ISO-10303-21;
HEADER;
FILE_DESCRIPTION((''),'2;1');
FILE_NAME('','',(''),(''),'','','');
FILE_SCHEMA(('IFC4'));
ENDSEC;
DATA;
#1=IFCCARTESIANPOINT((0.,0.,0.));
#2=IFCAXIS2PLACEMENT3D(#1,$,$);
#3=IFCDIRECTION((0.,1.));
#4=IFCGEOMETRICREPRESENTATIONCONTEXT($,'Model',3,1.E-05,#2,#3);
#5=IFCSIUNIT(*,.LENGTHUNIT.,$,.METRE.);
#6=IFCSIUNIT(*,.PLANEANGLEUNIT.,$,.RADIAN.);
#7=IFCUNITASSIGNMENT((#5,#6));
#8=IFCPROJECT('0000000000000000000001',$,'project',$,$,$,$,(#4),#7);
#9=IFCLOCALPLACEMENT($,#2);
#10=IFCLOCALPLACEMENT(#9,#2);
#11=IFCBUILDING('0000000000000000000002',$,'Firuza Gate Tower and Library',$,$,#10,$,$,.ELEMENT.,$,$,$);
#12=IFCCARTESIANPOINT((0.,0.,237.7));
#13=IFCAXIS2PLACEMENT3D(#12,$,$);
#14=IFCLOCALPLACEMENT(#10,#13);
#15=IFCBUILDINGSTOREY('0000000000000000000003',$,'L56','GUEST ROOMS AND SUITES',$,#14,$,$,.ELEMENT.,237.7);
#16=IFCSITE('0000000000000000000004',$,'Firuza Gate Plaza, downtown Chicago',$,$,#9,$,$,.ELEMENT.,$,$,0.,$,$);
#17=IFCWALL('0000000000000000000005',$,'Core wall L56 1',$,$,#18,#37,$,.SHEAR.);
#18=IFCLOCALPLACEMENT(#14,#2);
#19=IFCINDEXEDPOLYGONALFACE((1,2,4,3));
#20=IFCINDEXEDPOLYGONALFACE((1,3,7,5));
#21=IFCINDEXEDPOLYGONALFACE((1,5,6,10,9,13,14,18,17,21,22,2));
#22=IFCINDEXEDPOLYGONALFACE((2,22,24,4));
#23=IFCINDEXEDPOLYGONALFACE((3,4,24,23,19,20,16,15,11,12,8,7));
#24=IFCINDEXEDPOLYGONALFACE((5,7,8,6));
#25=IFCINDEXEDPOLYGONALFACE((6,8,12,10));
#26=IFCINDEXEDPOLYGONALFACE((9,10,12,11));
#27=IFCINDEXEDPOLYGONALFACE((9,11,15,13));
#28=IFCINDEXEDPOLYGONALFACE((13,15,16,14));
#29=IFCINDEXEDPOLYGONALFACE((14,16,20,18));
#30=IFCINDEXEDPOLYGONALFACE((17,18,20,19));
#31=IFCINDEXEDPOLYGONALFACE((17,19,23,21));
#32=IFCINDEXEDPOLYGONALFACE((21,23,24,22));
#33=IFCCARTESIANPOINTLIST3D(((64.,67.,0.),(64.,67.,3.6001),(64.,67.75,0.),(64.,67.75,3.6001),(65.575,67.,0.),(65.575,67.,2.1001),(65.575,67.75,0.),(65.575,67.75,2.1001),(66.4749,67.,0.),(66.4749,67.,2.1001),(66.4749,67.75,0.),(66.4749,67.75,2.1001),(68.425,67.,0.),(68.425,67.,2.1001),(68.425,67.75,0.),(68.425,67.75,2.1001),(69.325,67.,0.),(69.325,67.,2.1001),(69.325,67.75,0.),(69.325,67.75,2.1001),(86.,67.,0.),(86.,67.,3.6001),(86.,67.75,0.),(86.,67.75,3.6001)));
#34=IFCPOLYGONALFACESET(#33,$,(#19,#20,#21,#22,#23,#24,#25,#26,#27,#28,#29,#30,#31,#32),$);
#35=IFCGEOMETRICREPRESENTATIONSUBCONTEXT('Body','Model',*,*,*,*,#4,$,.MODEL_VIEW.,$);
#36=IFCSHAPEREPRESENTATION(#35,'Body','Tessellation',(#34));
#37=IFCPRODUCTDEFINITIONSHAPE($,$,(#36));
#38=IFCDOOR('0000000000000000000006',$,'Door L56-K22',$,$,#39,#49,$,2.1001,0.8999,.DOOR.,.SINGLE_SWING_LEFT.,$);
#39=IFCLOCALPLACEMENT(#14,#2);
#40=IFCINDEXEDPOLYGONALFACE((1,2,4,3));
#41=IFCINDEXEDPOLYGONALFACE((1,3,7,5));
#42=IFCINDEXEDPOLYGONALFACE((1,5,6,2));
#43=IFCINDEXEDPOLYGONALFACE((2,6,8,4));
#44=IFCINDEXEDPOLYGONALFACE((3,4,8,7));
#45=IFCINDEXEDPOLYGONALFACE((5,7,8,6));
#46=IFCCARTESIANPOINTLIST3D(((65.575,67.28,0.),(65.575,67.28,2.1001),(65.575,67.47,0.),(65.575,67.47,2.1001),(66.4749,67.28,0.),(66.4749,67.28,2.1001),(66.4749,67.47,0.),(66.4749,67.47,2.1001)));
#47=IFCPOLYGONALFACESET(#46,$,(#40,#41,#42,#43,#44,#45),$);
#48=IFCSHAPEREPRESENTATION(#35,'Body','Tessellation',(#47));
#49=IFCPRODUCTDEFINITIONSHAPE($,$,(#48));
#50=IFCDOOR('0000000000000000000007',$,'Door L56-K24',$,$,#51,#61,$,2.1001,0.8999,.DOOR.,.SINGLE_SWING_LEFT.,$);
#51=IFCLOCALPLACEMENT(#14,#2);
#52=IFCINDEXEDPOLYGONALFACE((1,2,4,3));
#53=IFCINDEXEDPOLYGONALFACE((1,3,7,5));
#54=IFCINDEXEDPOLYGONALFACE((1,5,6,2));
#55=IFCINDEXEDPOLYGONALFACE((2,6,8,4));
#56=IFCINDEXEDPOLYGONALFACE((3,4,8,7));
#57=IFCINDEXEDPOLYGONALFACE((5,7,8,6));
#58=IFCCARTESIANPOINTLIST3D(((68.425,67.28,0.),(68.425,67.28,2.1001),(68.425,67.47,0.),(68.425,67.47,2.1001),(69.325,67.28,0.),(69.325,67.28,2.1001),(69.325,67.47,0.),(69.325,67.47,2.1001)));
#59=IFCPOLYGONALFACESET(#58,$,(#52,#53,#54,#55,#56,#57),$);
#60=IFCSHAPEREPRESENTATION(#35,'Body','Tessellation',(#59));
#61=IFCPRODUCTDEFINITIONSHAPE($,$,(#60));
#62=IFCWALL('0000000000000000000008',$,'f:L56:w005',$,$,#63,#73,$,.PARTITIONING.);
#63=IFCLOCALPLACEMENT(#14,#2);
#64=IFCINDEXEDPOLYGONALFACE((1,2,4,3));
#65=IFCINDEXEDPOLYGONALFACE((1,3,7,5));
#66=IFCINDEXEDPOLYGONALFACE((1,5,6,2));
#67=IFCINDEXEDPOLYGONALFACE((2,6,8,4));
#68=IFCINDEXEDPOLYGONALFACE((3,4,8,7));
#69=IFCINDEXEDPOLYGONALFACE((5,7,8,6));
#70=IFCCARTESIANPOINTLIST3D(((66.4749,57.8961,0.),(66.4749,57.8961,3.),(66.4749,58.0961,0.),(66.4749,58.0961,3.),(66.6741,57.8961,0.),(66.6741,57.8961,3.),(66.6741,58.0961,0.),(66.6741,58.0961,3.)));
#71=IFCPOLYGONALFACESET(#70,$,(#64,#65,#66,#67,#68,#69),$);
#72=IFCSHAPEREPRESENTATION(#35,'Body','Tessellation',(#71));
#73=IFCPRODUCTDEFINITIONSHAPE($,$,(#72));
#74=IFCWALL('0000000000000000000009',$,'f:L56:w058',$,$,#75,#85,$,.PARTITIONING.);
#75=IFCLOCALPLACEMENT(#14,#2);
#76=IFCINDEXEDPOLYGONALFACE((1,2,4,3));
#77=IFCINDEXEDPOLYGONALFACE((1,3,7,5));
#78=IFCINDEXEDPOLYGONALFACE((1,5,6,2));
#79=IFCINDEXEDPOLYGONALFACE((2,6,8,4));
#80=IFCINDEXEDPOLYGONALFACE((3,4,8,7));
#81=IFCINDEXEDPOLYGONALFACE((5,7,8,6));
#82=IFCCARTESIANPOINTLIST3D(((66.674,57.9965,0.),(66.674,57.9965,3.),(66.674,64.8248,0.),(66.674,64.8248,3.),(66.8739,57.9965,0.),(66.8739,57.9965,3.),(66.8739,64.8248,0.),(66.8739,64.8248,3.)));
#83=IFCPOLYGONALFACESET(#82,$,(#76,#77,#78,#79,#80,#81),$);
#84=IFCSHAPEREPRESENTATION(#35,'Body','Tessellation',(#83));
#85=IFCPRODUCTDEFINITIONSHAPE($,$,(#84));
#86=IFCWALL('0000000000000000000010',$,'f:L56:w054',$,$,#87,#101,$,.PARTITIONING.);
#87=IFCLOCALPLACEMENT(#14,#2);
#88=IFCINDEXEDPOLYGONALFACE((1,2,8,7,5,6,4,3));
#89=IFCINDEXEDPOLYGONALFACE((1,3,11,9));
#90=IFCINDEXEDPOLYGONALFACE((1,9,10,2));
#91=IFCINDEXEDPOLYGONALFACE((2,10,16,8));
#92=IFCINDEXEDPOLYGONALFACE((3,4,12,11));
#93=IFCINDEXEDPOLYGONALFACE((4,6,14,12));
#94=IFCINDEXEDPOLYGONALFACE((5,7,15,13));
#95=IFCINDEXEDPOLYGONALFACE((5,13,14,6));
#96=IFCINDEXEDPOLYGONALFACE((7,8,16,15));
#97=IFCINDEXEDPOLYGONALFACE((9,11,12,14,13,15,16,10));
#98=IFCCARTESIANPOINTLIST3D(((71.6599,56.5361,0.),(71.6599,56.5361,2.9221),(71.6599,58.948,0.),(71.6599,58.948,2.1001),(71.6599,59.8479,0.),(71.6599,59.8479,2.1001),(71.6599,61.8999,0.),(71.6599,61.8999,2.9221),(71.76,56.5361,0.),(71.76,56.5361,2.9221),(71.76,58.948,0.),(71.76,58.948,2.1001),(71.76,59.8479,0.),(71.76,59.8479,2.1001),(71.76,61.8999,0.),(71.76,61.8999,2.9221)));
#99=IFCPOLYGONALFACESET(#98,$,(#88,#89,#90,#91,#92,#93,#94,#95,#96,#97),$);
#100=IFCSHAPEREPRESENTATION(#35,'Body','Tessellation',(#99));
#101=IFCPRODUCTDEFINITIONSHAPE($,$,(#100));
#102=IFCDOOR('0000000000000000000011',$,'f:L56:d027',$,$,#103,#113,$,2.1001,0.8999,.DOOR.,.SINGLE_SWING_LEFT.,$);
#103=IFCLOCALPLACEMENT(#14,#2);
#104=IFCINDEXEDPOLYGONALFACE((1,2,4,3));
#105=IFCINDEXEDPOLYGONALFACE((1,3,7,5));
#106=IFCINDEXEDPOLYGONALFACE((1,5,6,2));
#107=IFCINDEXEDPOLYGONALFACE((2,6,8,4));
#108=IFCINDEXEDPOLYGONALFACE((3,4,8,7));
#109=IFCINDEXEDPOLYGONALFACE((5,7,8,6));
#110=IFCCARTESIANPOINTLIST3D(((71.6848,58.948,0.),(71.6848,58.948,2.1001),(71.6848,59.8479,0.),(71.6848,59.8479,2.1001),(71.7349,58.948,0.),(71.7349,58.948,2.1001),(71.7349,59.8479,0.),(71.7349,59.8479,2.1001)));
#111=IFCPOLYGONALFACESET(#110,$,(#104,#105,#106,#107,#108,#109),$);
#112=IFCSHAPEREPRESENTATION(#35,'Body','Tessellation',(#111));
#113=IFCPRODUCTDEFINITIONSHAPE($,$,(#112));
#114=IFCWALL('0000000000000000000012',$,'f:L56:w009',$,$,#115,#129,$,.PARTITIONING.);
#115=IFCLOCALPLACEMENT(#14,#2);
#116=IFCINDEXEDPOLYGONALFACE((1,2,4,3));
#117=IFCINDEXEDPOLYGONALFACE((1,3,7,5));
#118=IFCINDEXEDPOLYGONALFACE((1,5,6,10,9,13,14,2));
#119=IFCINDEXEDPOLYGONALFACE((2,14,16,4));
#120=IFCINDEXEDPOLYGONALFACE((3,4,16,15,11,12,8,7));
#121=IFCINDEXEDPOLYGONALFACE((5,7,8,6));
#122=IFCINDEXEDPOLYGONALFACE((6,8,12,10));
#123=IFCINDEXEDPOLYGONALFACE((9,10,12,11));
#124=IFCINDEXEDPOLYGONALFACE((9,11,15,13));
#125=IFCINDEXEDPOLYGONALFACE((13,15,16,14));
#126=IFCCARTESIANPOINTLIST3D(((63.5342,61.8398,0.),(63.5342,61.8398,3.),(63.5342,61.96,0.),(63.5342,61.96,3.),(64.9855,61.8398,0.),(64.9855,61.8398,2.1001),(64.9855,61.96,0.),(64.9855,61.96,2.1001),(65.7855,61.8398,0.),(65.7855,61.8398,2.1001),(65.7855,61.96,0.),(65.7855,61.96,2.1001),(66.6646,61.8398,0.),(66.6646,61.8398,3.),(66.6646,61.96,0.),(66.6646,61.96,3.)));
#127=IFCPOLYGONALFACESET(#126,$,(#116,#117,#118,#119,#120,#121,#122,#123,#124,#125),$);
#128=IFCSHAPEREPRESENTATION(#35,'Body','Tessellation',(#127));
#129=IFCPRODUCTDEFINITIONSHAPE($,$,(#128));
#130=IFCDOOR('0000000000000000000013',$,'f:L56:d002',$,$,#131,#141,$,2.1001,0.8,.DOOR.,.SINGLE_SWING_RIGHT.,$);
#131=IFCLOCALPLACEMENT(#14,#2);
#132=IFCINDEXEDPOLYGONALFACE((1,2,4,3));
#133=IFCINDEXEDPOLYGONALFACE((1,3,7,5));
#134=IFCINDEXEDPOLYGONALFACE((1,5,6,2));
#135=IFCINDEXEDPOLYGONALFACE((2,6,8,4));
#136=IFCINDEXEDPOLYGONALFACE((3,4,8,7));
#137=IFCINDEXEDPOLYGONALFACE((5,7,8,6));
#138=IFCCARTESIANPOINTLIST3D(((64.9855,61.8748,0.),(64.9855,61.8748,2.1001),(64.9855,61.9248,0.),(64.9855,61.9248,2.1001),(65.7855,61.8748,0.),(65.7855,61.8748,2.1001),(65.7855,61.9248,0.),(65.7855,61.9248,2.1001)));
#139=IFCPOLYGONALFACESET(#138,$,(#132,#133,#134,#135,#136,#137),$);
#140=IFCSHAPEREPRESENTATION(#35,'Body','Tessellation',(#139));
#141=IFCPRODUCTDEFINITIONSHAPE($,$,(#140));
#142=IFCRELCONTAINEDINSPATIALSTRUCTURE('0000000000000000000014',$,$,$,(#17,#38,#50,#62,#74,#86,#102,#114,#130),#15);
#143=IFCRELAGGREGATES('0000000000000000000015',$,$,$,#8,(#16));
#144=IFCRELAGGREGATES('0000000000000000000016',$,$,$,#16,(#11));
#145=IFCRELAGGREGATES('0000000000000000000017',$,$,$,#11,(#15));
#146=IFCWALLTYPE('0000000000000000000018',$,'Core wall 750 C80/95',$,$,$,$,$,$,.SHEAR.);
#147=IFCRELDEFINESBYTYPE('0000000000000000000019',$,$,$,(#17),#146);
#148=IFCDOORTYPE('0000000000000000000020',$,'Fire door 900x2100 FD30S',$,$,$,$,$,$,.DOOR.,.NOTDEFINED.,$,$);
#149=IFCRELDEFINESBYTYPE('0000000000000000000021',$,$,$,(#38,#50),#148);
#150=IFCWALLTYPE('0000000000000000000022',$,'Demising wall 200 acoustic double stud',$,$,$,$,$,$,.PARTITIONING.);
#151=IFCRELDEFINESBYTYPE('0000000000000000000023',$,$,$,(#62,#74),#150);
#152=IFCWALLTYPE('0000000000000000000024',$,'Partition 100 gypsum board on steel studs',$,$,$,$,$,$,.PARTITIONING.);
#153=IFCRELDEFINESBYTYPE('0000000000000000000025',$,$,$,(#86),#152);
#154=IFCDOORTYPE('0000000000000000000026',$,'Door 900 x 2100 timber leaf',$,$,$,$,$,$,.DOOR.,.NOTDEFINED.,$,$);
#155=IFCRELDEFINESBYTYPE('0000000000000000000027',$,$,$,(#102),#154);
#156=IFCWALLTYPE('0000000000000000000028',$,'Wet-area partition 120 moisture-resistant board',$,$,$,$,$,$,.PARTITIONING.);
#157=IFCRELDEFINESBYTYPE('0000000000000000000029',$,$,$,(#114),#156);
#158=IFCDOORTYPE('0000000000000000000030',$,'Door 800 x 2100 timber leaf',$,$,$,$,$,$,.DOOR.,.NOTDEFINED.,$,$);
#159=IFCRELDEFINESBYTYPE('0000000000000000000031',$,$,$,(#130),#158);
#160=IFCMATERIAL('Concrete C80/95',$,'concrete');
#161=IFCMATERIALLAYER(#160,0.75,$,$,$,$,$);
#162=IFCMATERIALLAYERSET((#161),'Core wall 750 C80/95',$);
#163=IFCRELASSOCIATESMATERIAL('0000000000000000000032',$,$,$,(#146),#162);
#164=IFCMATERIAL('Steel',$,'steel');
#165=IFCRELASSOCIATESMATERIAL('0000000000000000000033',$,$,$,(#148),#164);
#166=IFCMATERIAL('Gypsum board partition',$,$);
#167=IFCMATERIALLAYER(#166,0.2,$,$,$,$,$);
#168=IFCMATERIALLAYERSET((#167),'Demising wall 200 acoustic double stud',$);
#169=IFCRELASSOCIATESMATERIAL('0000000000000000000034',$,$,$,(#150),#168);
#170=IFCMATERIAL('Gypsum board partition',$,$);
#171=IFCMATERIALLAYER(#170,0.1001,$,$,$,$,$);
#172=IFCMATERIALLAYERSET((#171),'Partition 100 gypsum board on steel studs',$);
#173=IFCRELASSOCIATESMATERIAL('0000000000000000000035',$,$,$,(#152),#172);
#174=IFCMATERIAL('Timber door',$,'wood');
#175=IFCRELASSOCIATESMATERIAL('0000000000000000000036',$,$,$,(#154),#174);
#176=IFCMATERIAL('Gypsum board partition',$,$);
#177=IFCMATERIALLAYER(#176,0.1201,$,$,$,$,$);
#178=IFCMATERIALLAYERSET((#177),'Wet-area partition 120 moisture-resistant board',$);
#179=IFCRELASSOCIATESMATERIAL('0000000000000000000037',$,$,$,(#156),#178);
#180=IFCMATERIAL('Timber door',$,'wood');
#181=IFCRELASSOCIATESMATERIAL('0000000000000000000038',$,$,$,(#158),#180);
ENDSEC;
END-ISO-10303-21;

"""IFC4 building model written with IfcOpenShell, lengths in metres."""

from ifc_helpers import new_model, si_unit, direction, frame, frame_2d, origin, place, context, subcontext, project, spatial, rectangle, extrude, material, layer, layer_set, type_object, element, fill, save


model = new_model("IFC4")

# Units and contexts
model_context = context("Model", 3, precision=1e-05, world=origin(), true_north=direction((0.0, 1.0)))
body_context = subcontext(model_context, "Body", "Model", "MODEL_VIEW")
ifc_project = project(units=[si_unit("LENGTHUNIT", "METRE"), si_unit("PLANEANGLEUNIT", "RADIAN")], contexts=[model_context])

# Site, building, storey
site_placement = place(None, origin())
site = spatial("IfcSite", under=ifc_project, at=site_placement, Name="Firuza Gate Plaza, downtown Chicago", CompositionType="ELEMENT", RefElevation=0.0)
building_placement = place(site_placement, origin())
building = spatial("IfcBuilding", under=site, at=building_placement, Name="Firuza Gate Tower and Library", CompositionType="ELEMENT")
storey_placement = place(building_placement, frame((0.0, 0.0, 237.7)))
storey = spatial("IfcBuildingStorey", under=building, at=storey_placement, Name="L56", Description="GUEST ROOMS AND SUITES", CompositionType="ELEMENT", Elevation=237.7)

# Wall, openings, doors
ifc_material_1 = material(Name="Concrete C80/95", Category="concrete")
ifc_layer_1 = layer(ifc_material_1, 0.75)
ifc_layer_set_1 = layer_set([ifc_layer_1], Name="Core wall 750 C80/95")
wall_type_1 = type_object("IfcWallType", Name="Core wall 750 C80/95", PredefinedType="SHEAR", material=ifc_layer_set_1)
wall_1_placement = place(storey_placement, frame((64.0, 67.375, 0.0), z_axis=(0.0, 0.0, 1.0), x_axis=(1.0, 0.0, 0.0)))
wall_1 = element("IfcWall", 1, at=wall_1_placement, inside=storey, type_object=wall_type_1, Name="Core wall L56 1", PredefinedType="SHEAR", context=body_context, shape_type="SweptSolid", body=[
    extrude(rectangle(XDim=22.0, YDim=0.75, at=frame_2d((11.0, 0.0))), origin(), (0.0, 0.0, 1.0), 3.6001),
])
opening_1_placement = place(wall_1_placement, frame((1.575, 0.0, 0.0)))
opening_1 = element("IfcOpeningElement", 2, at=opening_1_placement, cuts=wall_1, PredefinedType="OPENING", context=body_context, shape_type="SweptSolid", body=[
    extrude(rectangle(XDim=0.8999, YDim=2.1001, at=frame_2d((0.45, 1.05))), frame((0.0, 0.385, 0.0), z_axis=(0.0, -1.0, 0.0), x_axis=(1.0, 0.0, 0.0)), (0.0, 0.0, 1.0), 0.77),
])
opening_2_placement = place(wall_1_placement, frame((4.425, 0.0, 0.0)))
opening_2 = element("IfcOpeningElement", 3, at=opening_2_placement, cuts=wall_1, PredefinedType="OPENING", context=body_context, shape_type="SweptSolid", body=[
    extrude(rectangle(XDim=0.8999, YDim=2.1001, at=frame_2d((0.45, 1.05))), frame((0.0, 0.385, 0.0), z_axis=(0.0, -1.0, 0.0), x_axis=(1.0, 0.0, 0.0)), (0.0, 0.0, 1.0), 0.77),
])
ifc_material_2 = material(Name="Steel", Category="steel")
door_type_1 = type_object("IfcDoorType", Name="Fire door 900x2100 FD30S", OperationType="NOTDEFINED", PredefinedType="DOOR", material=ifc_material_2)
door_1_placement = place(opening_1_placement, origin())
door_1 = element("IfcDoor", 4, at=door_1_placement, inside=storey, type_object=door_type_1, Name="Door L56-K22", OperationType="SINGLE_SWING_LEFT", OverallHeight=2.1001, OverallWidth=0.8999, PredefinedType="DOOR", context=body_context, shape_type="SweptSolid", body=[
    extrude(rectangle(XDim=0.8999, YDim=2.1001, at=frame_2d((0.45, 1.05))), frame((0.0, 0.095, 0.0), z_axis=(0.0, -1.0, 0.0), x_axis=(1.0, 0.0, 0.0)), (0.0, 0.0, 1.0), 0.1899),
])
fill(opening_1, door_1)
door_2_placement = place(opening_2_placement, origin())
door_2 = element("IfcDoor", 5, at=door_2_placement, inside=storey, type_object=door_type_1, Name="Door L56-K24", OperationType="SINGLE_SWING_LEFT", OverallHeight=2.1001, OverallWidth=0.8999, PredefinedType="DOOR", context=body_context, shape_type="SweptSolid", body=[
    extrude(rectangle(XDim=0.8999, YDim=2.1001, at=frame_2d((0.45, 1.05))), frame((0.0, 0.095, 0.0), z_axis=(0.0, -1.0, 0.0), x_axis=(1.0, 0.0, 0.0)), (0.0, 0.0, 1.0), 0.1899),
])
fill(opening_2, door_2)

# Walls
ifc_material_3 = material(Name="Gypsum board partition")
ifc_layer_2 = layer(ifc_material_3, 0.2)
ifc_layer_set_2 = layer_set([ifc_layer_2], Name="Demising wall 200 acoustic double stud")
wall_type_2 = type_object("IfcWallType", Name="Demising wall 200 acoustic double stud", PredefinedType="PARTITIONING", material=ifc_layer_set_2)
wall_2_placement = place(storey_placement, frame((66.4749, 57.9961, 0.0), z_axis=(0.0, 0.0, 1.0), x_axis=(1.0, 0.0, 0.0)))
element("IfcWall", 6, at=wall_2_placement, inside=storey, type_object=wall_type_2, Name="f:L56:w005", PredefinedType="PARTITIONING", context=body_context, shape_type="SweptSolid", body=[
    extrude(rectangle(XDim=0.1992, YDim=0.2, at=frame_2d((0.0996, 0.0))), origin(), (0.0, 0.0, 1.0), 3.0),
])
wall_3_placement = place(storey_placement, frame((66.7739, 57.9966, 0.0), z_axis=(0.0, 0.0, 1.0), x_axis=(0.0, 1.0, 0.0)))
element("IfcWall", 7, at=wall_3_placement, inside=storey, type_object=wall_type_2, Name="f:L56:w058", PredefinedType="PARTITIONING", context=body_context, shape_type="SweptSolid", body=[
    extrude(rectangle(XDim=6.8284, YDim=0.2, at=frame_2d((3.4141, 0.0))), origin(), (0.0, 0.0, 1.0), 3.0),
])

# Walls, openings, doors
ifc_material_4 = material(Name="Gypsum board partition")
ifc_layer_3 = layer(ifc_material_4, 0.1001)
ifc_layer_set_3 = layer_set([ifc_layer_3], Name="Partition 100 gypsum board on steel studs")
wall_type_3 = type_object("IfcWallType", Name="Partition 100 gypsum board on steel studs", PredefinedType="PARTITIONING", material=ifc_layer_set_3)
wall_4_placement = place(storey_placement, frame((71.71, 61.8999, 0.0), z_axis=(0.0, 0.0, 1.0), x_axis=(0.0, -1.0, 0.0)))
wall_4 = element("IfcWall", 8, at=wall_4_placement, inside=storey, type_object=wall_type_3, Name="f:L56:w054", PredefinedType="PARTITIONING", context=body_context, shape_type="SweptSolid", body=[
    extrude(rectangle(XDim=5.3638, YDim=0.1001, at=frame_2d((2.6819, 0.0))), origin(), (0.0, 0.0, 1.0), 2.9221),
])
opening_3_placement = place(wall_4_placement, frame((2.052, 0.0, 0.0)))
opening_3 = element("IfcOpeningElement", 9, at=opening_3_placement, cuts=wall_4, PredefinedType="OPENING", context=body_context, shape_type="SweptSolid", body=[
    extrude(rectangle(XDim=0.8999, YDim=2.1001, at=frame_2d((0.45, 1.05))), frame((0.0, 0.0601, 0.0), z_axis=(0.0, -1.0, 0.0), x_axis=(1.0, 0.0, 0.0)), (0.0, 0.0, 1.0), 0.1201),
])
ifc_material_5 = material(Name="Timber door", Category="wood")
door_type_2 = type_object("IfcDoorType", Name="Door 900 x 2100 timber leaf", OperationType="NOTDEFINED", PredefinedType="DOOR", material=ifc_material_5)
door_3_placement = place(opening_3_placement, origin())
door_3 = element("IfcDoor", 10, at=door_3_placement, inside=storey, type_object=door_type_2, Name="f:L56:d027", OperationType="SINGLE_SWING_LEFT", OverallHeight=2.1001, OverallWidth=0.8999, PredefinedType="DOOR", context=body_context, shape_type="SweptSolid", body=[
    extrude(rectangle(XDim=0.8999, YDim=2.1001, at=frame_2d((0.45, 1.05))), frame((0.0, 0.0249, 0.0), z_axis=(0.0, -1.0, 0.0), x_axis=(1.0, 0.0, 0.0)), (0.0, 0.0, 1.0), 0.05),
])
fill(opening_3, door_3)
ifc_material_6 = material(Name="Gypsum board partition")
ifc_layer_4 = layer(ifc_material_6, 0.1201)
ifc_layer_set_4 = layer_set([ifc_layer_4], Name="Wet-area partition 120 moisture-resistant board")
wall_type_4 = type_object("IfcWallType", Name="Wet-area partition 120 moisture-resistant board", PredefinedType="PARTITIONING", material=ifc_layer_set_4)
wall_5_placement = place(storey_placement, frame((63.5342, 61.8999, 0.0), z_axis=(0.0, 0.0, 1.0), x_axis=(1.0, 0.0, 0.0)))
wall_5 = element("IfcWall", 11, at=wall_5_placement, inside=storey, type_object=wall_type_4, Name="f:L56:w009", PredefinedType="PARTITIONING", context=body_context, shape_type="SweptSolid", body=[
    extrude(rectangle(XDim=3.1304, YDim=0.1201, at=frame_2d((1.5652, 0.0))), origin(), (0.0, 0.0, 1.0), 3.0),
])
opening_4_placement = place(wall_5_placement, frame((1.4514, 0.0, 0.0)))
opening_4 = element("IfcOpeningElement", 12, at=opening_4_placement, cuts=wall_5, PredefinedType="OPENING", context=body_context, shape_type="SweptSolid", body=[
    extrude(rectangle(XDim=0.8, YDim=2.1001, at=frame_2d((0.3999, 1.05))), frame((0.0, 0.0701, 0.0), z_axis=(0.0, -1.0, 0.0), x_axis=(1.0, 0.0, 0.0)), (0.0, 0.0, 1.0), 0.1401),
])
ifc_material_7 = material(Name="Timber door", Category="wood")
door_type_3 = type_object("IfcDoorType", Name="Door 800 x 2100 timber leaf", OperationType="NOTDEFINED", PredefinedType="DOOR", material=ifc_material_7)
door_4_placement = place(opening_4_placement, origin())
door_4 = element("IfcDoor", 13, at=door_4_placement, inside=storey, type_object=door_type_3, Name="f:L56:d002", OperationType="SINGLE_SWING_RIGHT", OverallHeight=2.1001, OverallWidth=0.8, PredefinedType="DOOR", context=body_context, shape_type="SweptSolid", body=[
    extrude(rectangle(XDim=0.8, YDim=2.1001, at=frame_2d((0.3999, 1.05))), frame((0.0, 0.0249, 0.0), z_axis=(0.0, -1.0, 0.0), x_axis=(1.0, 0.0, 0.0)), (0.0, 0.0, 1.0), 0.05),
])
fill(opening_4, door_4)

save(model, "model.ifc")
